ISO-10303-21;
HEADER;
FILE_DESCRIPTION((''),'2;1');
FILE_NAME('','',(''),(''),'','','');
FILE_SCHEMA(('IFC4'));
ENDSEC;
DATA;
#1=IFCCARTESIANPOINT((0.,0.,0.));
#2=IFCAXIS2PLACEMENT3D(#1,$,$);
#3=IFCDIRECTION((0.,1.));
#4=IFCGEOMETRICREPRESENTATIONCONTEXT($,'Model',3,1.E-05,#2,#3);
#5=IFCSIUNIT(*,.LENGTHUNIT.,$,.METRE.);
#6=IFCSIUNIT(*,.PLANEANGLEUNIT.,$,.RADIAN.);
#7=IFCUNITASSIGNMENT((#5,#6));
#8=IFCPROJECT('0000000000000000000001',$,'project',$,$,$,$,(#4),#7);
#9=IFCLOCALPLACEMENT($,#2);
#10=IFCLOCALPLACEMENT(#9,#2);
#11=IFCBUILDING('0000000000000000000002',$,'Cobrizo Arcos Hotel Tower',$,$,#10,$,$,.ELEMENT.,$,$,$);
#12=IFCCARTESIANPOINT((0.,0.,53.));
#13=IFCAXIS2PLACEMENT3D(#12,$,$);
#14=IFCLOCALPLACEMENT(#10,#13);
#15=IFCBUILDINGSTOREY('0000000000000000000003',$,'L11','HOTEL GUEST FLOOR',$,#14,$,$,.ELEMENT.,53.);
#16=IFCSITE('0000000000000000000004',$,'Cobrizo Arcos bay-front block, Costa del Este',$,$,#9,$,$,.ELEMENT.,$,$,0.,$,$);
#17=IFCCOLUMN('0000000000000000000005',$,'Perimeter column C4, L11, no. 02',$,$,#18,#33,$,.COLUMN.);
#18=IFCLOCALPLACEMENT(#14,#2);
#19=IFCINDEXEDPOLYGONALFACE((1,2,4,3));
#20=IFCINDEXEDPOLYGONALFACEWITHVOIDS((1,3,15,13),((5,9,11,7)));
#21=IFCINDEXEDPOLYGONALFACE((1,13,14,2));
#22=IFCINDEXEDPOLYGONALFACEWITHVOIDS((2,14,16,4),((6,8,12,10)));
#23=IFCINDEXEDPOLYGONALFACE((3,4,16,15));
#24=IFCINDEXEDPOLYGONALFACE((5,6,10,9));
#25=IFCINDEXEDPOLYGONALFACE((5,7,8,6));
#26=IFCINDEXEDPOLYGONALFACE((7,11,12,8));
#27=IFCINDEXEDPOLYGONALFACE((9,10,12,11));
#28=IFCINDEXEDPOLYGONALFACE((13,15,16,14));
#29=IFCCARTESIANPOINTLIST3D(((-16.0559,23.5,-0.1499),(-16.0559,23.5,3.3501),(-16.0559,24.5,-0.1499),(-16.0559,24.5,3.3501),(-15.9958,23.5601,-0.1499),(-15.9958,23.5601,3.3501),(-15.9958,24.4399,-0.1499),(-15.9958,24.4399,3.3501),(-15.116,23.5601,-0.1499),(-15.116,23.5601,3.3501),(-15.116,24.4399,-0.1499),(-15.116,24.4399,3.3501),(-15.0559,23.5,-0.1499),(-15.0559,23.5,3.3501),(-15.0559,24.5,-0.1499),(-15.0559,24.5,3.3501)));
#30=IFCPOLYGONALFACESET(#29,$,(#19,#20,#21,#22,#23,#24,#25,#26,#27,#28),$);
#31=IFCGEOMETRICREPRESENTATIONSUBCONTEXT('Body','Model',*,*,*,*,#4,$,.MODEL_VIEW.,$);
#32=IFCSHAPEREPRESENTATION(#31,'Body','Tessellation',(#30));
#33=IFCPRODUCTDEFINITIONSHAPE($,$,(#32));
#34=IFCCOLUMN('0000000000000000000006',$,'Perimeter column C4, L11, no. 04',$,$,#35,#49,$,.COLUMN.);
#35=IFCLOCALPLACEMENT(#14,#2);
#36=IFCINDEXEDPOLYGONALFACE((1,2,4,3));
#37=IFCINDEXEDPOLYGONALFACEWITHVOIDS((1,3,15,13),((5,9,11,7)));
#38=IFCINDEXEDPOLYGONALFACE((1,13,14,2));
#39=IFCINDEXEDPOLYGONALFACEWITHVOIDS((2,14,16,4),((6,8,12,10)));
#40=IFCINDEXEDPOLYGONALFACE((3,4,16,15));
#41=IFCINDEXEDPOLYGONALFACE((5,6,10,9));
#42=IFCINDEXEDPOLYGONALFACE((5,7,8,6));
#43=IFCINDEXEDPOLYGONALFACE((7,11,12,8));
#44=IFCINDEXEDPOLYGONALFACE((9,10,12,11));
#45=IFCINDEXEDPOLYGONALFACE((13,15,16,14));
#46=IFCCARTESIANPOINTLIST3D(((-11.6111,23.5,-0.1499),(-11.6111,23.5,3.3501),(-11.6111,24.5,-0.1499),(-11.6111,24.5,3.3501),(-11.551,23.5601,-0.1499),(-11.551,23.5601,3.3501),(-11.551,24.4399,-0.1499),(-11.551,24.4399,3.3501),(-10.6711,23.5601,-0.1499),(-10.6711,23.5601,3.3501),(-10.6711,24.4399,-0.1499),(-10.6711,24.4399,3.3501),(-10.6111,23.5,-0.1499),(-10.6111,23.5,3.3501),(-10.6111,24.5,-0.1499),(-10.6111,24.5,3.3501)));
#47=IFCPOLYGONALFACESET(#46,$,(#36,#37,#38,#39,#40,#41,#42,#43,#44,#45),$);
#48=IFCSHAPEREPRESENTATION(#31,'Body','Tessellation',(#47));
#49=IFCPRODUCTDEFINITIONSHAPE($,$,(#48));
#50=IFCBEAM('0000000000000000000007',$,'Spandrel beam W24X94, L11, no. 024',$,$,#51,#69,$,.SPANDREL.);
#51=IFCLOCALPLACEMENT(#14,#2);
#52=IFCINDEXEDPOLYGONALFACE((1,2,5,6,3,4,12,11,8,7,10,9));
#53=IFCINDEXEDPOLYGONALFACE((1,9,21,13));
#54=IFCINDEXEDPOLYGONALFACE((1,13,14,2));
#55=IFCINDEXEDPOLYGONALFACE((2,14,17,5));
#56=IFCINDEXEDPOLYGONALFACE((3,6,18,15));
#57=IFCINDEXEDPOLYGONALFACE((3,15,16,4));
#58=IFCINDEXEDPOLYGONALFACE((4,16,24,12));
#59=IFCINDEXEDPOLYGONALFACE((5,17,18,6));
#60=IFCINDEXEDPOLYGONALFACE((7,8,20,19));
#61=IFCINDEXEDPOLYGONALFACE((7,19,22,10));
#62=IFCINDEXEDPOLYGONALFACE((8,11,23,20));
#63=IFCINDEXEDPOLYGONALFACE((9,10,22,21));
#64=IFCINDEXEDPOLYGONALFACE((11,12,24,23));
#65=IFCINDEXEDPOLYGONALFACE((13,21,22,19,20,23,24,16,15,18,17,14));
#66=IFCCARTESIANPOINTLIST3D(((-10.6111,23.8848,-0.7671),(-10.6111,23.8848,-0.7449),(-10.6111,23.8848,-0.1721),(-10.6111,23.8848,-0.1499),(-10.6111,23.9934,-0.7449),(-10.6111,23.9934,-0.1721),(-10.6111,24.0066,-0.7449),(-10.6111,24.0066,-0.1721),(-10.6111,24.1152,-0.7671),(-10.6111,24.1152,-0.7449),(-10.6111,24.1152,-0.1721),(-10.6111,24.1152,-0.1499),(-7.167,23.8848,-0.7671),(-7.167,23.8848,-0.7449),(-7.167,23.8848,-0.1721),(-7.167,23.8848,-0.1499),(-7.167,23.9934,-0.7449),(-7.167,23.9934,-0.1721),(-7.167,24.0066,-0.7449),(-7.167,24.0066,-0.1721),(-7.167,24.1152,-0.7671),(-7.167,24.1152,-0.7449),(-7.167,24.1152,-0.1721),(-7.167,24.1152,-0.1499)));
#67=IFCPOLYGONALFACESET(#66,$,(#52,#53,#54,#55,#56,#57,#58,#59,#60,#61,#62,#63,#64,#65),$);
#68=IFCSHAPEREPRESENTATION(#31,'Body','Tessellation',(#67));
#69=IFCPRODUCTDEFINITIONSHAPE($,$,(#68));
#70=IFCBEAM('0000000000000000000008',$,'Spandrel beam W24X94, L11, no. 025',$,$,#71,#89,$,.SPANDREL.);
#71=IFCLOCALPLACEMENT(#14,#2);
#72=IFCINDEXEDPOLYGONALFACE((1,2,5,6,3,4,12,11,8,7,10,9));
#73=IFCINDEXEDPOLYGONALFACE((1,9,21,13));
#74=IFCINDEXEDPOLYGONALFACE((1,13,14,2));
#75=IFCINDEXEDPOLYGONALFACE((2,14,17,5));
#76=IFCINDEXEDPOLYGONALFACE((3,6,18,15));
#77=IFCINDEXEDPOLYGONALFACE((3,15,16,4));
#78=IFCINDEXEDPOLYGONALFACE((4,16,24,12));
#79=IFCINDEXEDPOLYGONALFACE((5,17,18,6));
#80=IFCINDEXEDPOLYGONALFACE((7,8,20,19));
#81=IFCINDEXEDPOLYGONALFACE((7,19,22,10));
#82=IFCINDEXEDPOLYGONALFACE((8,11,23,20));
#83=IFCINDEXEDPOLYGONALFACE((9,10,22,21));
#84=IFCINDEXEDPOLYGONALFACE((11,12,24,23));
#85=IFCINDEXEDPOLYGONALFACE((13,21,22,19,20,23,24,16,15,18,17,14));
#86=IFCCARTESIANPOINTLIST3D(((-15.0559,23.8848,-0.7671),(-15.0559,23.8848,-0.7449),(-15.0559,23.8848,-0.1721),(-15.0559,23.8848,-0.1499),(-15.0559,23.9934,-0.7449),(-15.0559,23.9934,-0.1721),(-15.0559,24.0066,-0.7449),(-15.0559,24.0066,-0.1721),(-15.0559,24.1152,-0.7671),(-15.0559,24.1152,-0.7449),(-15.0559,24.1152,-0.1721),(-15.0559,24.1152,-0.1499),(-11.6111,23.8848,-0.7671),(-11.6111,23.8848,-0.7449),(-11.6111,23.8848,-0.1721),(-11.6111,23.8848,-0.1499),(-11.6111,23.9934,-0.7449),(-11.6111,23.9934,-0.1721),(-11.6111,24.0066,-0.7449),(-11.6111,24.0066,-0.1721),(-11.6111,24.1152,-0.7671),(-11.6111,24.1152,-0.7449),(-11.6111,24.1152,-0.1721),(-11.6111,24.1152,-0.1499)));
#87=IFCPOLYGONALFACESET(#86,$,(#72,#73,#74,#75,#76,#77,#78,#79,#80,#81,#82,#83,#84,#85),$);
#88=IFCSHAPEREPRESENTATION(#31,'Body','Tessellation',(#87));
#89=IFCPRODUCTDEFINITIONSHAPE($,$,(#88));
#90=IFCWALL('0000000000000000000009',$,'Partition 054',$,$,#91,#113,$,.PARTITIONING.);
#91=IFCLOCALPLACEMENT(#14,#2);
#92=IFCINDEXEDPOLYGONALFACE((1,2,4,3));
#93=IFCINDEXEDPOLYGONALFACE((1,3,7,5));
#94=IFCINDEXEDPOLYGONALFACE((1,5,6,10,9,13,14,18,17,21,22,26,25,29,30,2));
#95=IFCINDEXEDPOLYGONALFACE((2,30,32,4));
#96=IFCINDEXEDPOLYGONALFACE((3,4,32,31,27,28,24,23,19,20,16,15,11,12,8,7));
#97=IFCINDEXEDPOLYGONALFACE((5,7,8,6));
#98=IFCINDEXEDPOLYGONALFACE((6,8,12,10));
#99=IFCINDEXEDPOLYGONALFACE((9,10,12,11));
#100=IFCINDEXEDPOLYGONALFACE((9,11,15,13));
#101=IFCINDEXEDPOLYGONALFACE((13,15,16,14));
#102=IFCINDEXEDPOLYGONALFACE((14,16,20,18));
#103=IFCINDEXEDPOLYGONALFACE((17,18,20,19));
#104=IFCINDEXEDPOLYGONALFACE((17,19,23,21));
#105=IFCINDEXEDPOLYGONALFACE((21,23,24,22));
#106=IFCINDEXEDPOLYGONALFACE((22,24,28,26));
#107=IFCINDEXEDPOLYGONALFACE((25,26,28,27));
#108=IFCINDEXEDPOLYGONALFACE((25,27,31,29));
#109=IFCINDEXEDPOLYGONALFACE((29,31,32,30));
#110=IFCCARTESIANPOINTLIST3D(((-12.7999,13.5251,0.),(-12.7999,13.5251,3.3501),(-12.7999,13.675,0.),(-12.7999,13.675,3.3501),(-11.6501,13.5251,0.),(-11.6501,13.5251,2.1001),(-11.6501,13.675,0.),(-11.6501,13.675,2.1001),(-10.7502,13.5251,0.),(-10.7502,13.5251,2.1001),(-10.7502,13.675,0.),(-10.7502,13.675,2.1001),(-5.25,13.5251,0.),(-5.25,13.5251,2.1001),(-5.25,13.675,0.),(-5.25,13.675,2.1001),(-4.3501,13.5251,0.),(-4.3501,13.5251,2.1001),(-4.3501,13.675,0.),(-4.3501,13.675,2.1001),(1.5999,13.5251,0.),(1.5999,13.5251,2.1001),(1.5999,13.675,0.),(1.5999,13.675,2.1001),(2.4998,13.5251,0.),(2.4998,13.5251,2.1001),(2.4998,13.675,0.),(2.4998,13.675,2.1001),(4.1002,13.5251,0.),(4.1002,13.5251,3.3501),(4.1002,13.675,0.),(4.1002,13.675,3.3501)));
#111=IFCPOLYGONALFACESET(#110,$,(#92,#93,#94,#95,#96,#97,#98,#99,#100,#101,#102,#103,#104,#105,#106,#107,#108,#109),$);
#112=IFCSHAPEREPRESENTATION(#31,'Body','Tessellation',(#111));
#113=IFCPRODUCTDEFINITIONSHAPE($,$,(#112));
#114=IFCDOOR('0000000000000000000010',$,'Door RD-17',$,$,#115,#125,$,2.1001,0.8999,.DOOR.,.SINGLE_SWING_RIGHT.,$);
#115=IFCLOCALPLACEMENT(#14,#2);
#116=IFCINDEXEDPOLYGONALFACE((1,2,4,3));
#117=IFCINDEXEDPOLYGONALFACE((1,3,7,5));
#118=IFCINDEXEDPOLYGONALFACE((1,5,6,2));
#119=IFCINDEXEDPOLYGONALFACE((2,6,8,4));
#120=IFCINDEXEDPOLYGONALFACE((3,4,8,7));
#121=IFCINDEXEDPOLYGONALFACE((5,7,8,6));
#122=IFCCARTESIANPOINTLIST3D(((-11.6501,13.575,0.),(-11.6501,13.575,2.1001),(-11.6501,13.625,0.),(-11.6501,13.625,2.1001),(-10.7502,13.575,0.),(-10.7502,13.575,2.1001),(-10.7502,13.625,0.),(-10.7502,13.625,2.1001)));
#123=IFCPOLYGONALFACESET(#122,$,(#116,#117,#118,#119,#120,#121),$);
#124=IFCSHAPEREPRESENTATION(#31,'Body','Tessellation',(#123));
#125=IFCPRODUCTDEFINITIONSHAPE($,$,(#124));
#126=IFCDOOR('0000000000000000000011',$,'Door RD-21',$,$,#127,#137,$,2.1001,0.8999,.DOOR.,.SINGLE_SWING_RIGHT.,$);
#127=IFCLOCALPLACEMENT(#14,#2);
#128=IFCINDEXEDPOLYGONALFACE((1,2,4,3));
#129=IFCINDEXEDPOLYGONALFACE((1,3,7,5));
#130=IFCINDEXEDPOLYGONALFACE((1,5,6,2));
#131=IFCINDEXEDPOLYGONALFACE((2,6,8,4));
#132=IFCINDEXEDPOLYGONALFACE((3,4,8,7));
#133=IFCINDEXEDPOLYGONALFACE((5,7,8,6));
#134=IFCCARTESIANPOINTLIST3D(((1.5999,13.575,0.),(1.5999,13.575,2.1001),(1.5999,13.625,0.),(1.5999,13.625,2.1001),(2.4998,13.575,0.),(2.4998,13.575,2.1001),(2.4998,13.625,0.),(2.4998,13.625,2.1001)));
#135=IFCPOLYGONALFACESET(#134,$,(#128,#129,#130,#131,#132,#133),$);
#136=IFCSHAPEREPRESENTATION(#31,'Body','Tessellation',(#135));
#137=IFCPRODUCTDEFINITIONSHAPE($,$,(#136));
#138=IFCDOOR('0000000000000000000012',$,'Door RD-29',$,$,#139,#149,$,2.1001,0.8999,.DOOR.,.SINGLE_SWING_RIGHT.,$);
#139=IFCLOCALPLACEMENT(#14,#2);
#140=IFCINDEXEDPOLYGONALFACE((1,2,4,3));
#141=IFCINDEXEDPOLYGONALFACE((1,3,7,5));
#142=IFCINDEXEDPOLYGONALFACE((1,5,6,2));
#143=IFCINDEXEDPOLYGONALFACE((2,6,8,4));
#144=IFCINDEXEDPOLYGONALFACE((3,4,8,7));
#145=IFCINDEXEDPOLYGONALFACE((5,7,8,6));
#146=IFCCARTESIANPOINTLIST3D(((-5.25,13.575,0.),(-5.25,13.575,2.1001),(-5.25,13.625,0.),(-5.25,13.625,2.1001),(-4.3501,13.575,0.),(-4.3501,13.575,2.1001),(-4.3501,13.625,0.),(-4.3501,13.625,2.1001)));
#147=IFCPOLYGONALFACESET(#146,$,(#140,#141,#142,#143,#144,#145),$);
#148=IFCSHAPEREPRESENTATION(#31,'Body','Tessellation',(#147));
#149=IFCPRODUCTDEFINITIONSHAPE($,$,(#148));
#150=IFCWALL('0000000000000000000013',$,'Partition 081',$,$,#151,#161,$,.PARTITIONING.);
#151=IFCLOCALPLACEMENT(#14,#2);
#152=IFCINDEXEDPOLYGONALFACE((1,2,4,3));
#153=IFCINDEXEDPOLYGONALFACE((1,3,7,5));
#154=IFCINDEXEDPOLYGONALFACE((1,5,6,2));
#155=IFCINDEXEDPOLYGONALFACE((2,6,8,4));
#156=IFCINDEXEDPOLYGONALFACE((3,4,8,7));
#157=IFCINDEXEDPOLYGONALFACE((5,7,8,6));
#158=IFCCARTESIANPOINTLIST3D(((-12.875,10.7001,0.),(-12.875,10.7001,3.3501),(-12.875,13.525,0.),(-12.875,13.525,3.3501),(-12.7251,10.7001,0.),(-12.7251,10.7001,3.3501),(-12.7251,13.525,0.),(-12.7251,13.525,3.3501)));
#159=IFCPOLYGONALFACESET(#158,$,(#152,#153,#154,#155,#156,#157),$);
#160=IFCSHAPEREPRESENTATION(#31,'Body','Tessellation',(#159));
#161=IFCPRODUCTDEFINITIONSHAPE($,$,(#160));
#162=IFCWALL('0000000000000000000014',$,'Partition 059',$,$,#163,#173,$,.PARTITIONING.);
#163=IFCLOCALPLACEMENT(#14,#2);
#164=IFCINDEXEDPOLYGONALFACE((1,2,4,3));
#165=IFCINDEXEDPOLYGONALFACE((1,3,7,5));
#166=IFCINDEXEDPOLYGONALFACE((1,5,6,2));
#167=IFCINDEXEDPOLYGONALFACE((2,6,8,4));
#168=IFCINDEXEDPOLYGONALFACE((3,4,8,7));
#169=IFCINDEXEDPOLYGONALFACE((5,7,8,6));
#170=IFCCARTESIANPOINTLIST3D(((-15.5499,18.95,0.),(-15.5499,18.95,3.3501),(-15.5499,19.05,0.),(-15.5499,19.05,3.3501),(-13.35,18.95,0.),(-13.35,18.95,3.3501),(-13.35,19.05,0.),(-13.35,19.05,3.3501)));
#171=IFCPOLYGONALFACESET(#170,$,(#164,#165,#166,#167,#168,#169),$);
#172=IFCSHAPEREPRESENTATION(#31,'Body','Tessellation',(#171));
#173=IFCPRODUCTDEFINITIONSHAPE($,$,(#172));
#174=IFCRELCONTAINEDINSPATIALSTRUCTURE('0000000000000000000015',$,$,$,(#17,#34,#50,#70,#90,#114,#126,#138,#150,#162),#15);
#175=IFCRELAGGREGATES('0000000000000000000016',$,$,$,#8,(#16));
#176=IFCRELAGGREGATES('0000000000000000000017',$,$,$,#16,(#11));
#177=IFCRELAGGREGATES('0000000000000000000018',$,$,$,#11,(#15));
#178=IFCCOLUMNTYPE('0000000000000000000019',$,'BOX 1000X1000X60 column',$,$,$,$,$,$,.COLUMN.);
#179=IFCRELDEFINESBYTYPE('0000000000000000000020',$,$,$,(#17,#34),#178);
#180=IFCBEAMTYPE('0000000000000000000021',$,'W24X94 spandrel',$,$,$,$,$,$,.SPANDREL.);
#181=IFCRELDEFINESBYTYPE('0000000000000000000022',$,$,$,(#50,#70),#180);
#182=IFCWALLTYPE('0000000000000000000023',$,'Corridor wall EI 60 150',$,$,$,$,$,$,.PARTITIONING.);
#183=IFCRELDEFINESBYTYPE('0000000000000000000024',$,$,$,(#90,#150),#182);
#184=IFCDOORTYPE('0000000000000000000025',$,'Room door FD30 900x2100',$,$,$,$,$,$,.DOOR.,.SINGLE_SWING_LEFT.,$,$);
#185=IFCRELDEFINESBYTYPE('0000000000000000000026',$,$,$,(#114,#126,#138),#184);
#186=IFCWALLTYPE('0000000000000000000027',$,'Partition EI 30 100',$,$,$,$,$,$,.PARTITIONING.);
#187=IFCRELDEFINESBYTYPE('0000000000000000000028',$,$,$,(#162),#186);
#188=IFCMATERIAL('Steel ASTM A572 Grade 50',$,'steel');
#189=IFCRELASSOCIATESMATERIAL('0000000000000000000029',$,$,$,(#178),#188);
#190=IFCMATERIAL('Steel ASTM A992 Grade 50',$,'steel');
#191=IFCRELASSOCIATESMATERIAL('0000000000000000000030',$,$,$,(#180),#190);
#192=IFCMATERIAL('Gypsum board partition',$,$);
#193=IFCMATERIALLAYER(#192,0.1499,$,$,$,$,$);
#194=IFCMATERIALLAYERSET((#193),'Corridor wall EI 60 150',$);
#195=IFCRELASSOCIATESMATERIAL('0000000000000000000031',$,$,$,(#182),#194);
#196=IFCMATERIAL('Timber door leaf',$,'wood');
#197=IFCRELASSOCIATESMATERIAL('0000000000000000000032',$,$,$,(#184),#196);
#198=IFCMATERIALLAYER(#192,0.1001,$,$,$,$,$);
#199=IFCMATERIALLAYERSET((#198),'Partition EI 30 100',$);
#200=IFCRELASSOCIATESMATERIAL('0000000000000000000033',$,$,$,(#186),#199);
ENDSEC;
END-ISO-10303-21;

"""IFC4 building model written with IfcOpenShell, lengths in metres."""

from ifc_helpers import new_model, si_unit, direction, frame, frame_2d, origin, origin_2d, place, context, subcontext, project, spatial, rectangle, hollow_rectangle, i_section, extrude, material, layer, layer_set, material_profile, profile_set, type_object, element, fill, save


model = new_model("IFC4")

# Units and contexts
model_context = context("Model", 3, precision=1e-05, world=origin(), true_north=direction((0.0, 1.0)))
body_context = subcontext(model_context, "Body", "Model", "MODEL_VIEW")
ifc_project = project(units=[si_unit("LENGTHUNIT", "METRE"), si_unit("PLANEANGLEUNIT", "RADIAN")], contexts=[model_context])

# Site, building, storey
site_placement = place(None, origin())
site = spatial("IfcSite", under=ifc_project, at=site_placement, Name="Cobrizo Arcos bay-front block, Costa del Este", CompositionType="ELEMENT", RefElevation=0.0)
building_placement = place(site_placement, origin())
building = spatial("IfcBuilding", under=site, at=building_placement, Name="Cobrizo Arcos Hotel Tower", CompositionType="ELEMENT")
storey_placement = place(building_placement, frame((0.0, 0.0, 53.0)))
storey = spatial("IfcBuildingStorey", under=building, at=storey_placement, Name="L11", Description="HOTEL GUEST FLOOR", CompositionType="ELEMENT", Elevation=53.0)

# Columns
ifc_material_1 = material(Name="Steel ASTM A572 Grade 50", Category="steel")
ifc_material_profile_1 = material_profile(ifc_material_1, hollow_rectangle(XDim=1.0, YDim=1.0, WallThickness=0.0601, at=origin_2d()), Name="BOX 1000X1000X60")
ifc_profile_set_1 = profile_set([ifc_material_profile_1], Name="Steel ASTM A572 Grade 50")
column_type = type_object("IfcColumnType", Name="BOX 1000X1000X60 column", PredefinedType="COLUMN", material=ifc_profile_set_1)
for number, where, z_axis, x_axis, name in (
    (1, (-15.5559, 24.0, -0.1499), (0.0, 0.0, 1.0), (1.0, 0.0, 0.0), "Perimeter column C4, L11, no. 02"),
    (2, (-11.1111, 24.0, -0.1499), (0.0, 0.0, 1.0), (1.0, 0.0, 0.0), "Perimeter column C4, L11, no. 04"),
):
    element("IfcColumn", number, at=place(storey_placement, frame(where, z_axis=z_axis, x_axis=x_axis)), inside=storey, type_object=column_type, Name=name, PredefinedType="COLUMN", context=body_context, shape_type="SweptSolid", body=[
        extrude(hollow_rectangle(XDim=1.0, YDim=1.0, WallThickness=0.0601, at=origin_2d()), origin(), (0.0, 0.0, 1.0), 3.5),
    ])

# Beams
ifc_material_2 = material(Name="Steel ASTM A992 Grade 50", Category="steel")
ifc_material_profile_2 = material_profile(ifc_material_2, i_section(OverallWidth=0.2305, OverallDepth=0.6172, WebThickness=0.0132, FlangeThickness=0.0222, at=origin_2d()), Name="W24X94")
ifc_profile_set_2 = profile_set([ifc_material_profile_2], Name="Steel ASTM A992 Grade 50")
beam_type = type_object("IfcBeamType", Name="W24X94 spandrel", PredefinedType="SPANDREL", material=ifc_profile_set_2)
beam_1_placement = place(storey_placement, frame((-7.167, 24.0, -0.4585), z_axis=(-1.0, 0.0, 0.0), x_axis=(0.0, -1.0, 0.0)))
element("IfcBeam", 3, at=beam_1_placement, inside=storey, type_object=beam_type, Name="Spandrel beam W24X94, L11, no. 024", PredefinedType="SPANDREL", context=body_context, shape_type="SweptSolid", body=[
    extrude(i_section(OverallWidth=0.2305, OverallDepth=0.6172, WebThickness=0.0132, FlangeThickness=0.0222, at=origin_2d()), origin(), (0.0, 0.0, 1.0), 3.4441),
])
beam_2_placement = place(storey_placement, frame((-11.6111, 24.0, -0.4585), z_axis=(-1.0, 0.0, 0.0), x_axis=(0.0, -1.0, 0.0)))
element("IfcBeam", 4, at=beam_2_placement, inside=storey, type_object=beam_type, Name="Spandrel beam W24X94, L11, no. 025", PredefinedType="SPANDREL", context=body_context, shape_type="SweptSolid", body=[
    extrude(i_section(OverallWidth=0.2305, OverallDepth=0.6172, WebThickness=0.0132, FlangeThickness=0.0222, at=origin_2d()), origin(), (0.0, 0.0, 1.0), 3.4448),
])

# Wall, openings, doors
ifc_material_3 = material(Name="Gypsum board partition")
ifc_layer_1 = layer(ifc_material_3, 0.1499)
ifc_layer_set_1 = layer_set([ifc_layer_1], Name="Corridor wall EI 60 150")
wall_type_1 = type_object("IfcWallType", Name="Corridor wall EI 60 150", PredefinedType="PARTITIONING", material=ifc_layer_set_1)
wall_1_placement = place(storey_placement, frame((-12.8, 13.6001, 0.0), z_axis=(0.0, 0.0, 1.0), x_axis=(1.0, 0.0, 0.0)))
wall_1 = element("IfcWall", 5, at=wall_1_placement, inside=storey, type_object=wall_type_1, Name="Partition 054", PredefinedType="PARTITIONING", context=body_context, shape_type="SweptSolid", body=[
    extrude(rectangle(XDim=16.9001, YDim=0.1499, at=frame_2d((8.4502, 0.0))), origin(), (0.0, 0.0, 1.0), 3.3501),
])
opening_1_placement = place(wall_1_placement, frame((1.1499, 0.0, 0.0)))
opening_1 = element("IfcOpeningElement", 6, at=opening_1_placement, cuts=wall_1, PredefinedType="OPENING", context=body_context, shape_type="SweptSolid", body=[
    extrude(rectangle(XDim=0.8999, YDim=2.1001, at=frame_2d((0.45, 1.05))), frame((0.0, 0.0869, 0.0), z_axis=(0.0, -1.0, 0.0), x_axis=(1.0, 0.0, 0.0)), (0.0, 0.0, 1.0), 0.1738),
])
opening_2_placement = place(wall_1_placement, frame((14.3999, 0.0, 0.0)))
opening_2 = element("IfcOpeningElement", 7, at=opening_2_placement, cuts=wall_1, PredefinedType="OPENING", context=body_context, shape_type="SweptSolid", body=[
    extrude(rectangle(XDim=0.8999, YDim=2.1001, at=frame_2d((0.45, 1.05))), frame((0.0, 0.0869, 0.0), z_axis=(0.0, -1.0, 0.0), x_axis=(1.0, 0.0, 0.0)), (0.0, 0.0, 1.0), 0.1738),
])
opening_3_placement = place(wall_1_placement, frame((7.55, 0.0, 0.0)))
opening_3 = element("IfcOpeningElement", 8, at=opening_3_placement, cuts=wall_1, PredefinedType="OPENING", context=body_context, shape_type="SweptSolid", body=[
    extrude(rectangle(XDim=0.8999, YDim=2.1001, at=frame_2d((0.45, 1.05))), frame((0.0, 0.0869, 0.0), z_axis=(0.0, -1.0, 0.0), x_axis=(1.0, 0.0, 0.0)), (0.0, 0.0, 1.0), 0.1738),
])
ifc_material_4 = material(Name="Timber door leaf", Category="wood")
door_type_1 = type_object("IfcDoorType", Name="Room door FD30 900x2100", OperationType="SINGLE_SWING_LEFT", PredefinedType="DOOR", material=ifc_material_4)
door_1_placement = place(opening_1_placement, origin())
door_1 = element("IfcDoor", 9, at=door_1_placement, inside=storey, type_object=door_type_1, Name="Door RD-17", OperationType="SINGLE_SWING_RIGHT", OverallHeight=2.1001, OverallWidth=0.8999, PredefinedType="DOOR", context=body_context, shape_type="SweptSolid", body=[
    extrude(rectangle(XDim=0.8999, YDim=2.1001, at=frame_2d((0.45, 1.05))), frame((0.0, 0.0249, 0.0), z_axis=(0.0, -1.0, 0.0), x_axis=(1.0, 0.0, 0.0)), (0.0, 0.0, 1.0), 0.05),
])
fill(opening_1, door_1)
door_2_placement = place(opening_2_placement, origin())
door_2 = element("IfcDoor", 10, at=door_2_placement, inside=storey, type_object=door_type_1, Name="Door RD-21", OperationType="SINGLE_SWING_RIGHT", OverallHeight=2.1001, OverallWidth=0.8999, PredefinedType="DOOR", context=body_context, shape_type="SweptSolid", body=[
    extrude(rectangle(XDim=0.8999, YDim=2.1001, at=frame_2d((0.45, 1.05))), frame((0.0, 0.0249, 0.0), z_axis=(0.0, -1.0, 0.0), x_axis=(1.0, 0.0, 0.0)), (0.0, 0.0, 1.0), 0.05),
])
fill(opening_2, door_2)
door_3_placement = place(opening_3_placement, origin())
door_3 = element("IfcDoor", 11, at=door_3_placement, inside=storey, type_object=door_type_1, Name="Door RD-29", OperationType="SINGLE_SWING_RIGHT", OverallHeight=2.1001, OverallWidth=0.8999, PredefinedType="DOOR", context=body_context, shape_type="SweptSolid", body=[
    extrude(rectangle(XDim=0.8999, YDim=2.1001, at=frame_2d((0.45, 1.05))), frame((0.0, 0.0249, 0.0), z_axis=(0.0, -1.0, 0.0), x_axis=(1.0, 0.0, 0.0)), (0.0, 0.0, 1.0), 0.05),
])
fill(opening_3, door_3)

# Walls
wall_2_placement = place(storey_placement, frame((-12.8, 10.7, 0.0), z_axis=(0.0, 0.0, 1.0), x_axis=(0.0, 1.0, 0.0)))
element("IfcWall", 12, at=wall_2_placement, inside=storey, type_object=wall_type_1, Name="Partition 081", PredefinedType="PARTITIONING", context=body_context, shape_type="SweptSolid", body=[
    extrude(rectangle(XDim=2.825, YDim=0.1499, at=frame_2d((1.4126, 0.0))), origin(), (0.0, 0.0, 1.0), 3.3501),
])
ifc_layer_2 = layer(ifc_material_3, 0.1001)
ifc_layer_set_2 = layer_set([ifc_layer_2], Name="Partition EI 30 100")
wall_type_2 = type_object("IfcWallType", Name="Partition EI 30 100", PredefinedType="PARTITIONING", material=ifc_layer_set_2)
for number, where, z_axis, x_axis, name in (
    (13, (-15.55, 19.0, 0.0), (0.0, 0.0, 1.0), (1.0, 0.0, 0.0), "Partition 059"),
):
    element("IfcWall", number, at=place(storey_placement, frame(where, z_axis=z_axis, x_axis=x_axis)), inside=storey, type_object=wall_type_2, Name=name, PredefinedType="PARTITIONING", context=body_context, shape_type="SweptSolid", body=[
        extrude(rectangle(XDim=2.2, YDim=0.1001, at=frame_2d((1.1001, 0.0))), origin(), (0.0, 0.0, 1.0), 3.3501),
    ])

save(model, "model.ifc")
